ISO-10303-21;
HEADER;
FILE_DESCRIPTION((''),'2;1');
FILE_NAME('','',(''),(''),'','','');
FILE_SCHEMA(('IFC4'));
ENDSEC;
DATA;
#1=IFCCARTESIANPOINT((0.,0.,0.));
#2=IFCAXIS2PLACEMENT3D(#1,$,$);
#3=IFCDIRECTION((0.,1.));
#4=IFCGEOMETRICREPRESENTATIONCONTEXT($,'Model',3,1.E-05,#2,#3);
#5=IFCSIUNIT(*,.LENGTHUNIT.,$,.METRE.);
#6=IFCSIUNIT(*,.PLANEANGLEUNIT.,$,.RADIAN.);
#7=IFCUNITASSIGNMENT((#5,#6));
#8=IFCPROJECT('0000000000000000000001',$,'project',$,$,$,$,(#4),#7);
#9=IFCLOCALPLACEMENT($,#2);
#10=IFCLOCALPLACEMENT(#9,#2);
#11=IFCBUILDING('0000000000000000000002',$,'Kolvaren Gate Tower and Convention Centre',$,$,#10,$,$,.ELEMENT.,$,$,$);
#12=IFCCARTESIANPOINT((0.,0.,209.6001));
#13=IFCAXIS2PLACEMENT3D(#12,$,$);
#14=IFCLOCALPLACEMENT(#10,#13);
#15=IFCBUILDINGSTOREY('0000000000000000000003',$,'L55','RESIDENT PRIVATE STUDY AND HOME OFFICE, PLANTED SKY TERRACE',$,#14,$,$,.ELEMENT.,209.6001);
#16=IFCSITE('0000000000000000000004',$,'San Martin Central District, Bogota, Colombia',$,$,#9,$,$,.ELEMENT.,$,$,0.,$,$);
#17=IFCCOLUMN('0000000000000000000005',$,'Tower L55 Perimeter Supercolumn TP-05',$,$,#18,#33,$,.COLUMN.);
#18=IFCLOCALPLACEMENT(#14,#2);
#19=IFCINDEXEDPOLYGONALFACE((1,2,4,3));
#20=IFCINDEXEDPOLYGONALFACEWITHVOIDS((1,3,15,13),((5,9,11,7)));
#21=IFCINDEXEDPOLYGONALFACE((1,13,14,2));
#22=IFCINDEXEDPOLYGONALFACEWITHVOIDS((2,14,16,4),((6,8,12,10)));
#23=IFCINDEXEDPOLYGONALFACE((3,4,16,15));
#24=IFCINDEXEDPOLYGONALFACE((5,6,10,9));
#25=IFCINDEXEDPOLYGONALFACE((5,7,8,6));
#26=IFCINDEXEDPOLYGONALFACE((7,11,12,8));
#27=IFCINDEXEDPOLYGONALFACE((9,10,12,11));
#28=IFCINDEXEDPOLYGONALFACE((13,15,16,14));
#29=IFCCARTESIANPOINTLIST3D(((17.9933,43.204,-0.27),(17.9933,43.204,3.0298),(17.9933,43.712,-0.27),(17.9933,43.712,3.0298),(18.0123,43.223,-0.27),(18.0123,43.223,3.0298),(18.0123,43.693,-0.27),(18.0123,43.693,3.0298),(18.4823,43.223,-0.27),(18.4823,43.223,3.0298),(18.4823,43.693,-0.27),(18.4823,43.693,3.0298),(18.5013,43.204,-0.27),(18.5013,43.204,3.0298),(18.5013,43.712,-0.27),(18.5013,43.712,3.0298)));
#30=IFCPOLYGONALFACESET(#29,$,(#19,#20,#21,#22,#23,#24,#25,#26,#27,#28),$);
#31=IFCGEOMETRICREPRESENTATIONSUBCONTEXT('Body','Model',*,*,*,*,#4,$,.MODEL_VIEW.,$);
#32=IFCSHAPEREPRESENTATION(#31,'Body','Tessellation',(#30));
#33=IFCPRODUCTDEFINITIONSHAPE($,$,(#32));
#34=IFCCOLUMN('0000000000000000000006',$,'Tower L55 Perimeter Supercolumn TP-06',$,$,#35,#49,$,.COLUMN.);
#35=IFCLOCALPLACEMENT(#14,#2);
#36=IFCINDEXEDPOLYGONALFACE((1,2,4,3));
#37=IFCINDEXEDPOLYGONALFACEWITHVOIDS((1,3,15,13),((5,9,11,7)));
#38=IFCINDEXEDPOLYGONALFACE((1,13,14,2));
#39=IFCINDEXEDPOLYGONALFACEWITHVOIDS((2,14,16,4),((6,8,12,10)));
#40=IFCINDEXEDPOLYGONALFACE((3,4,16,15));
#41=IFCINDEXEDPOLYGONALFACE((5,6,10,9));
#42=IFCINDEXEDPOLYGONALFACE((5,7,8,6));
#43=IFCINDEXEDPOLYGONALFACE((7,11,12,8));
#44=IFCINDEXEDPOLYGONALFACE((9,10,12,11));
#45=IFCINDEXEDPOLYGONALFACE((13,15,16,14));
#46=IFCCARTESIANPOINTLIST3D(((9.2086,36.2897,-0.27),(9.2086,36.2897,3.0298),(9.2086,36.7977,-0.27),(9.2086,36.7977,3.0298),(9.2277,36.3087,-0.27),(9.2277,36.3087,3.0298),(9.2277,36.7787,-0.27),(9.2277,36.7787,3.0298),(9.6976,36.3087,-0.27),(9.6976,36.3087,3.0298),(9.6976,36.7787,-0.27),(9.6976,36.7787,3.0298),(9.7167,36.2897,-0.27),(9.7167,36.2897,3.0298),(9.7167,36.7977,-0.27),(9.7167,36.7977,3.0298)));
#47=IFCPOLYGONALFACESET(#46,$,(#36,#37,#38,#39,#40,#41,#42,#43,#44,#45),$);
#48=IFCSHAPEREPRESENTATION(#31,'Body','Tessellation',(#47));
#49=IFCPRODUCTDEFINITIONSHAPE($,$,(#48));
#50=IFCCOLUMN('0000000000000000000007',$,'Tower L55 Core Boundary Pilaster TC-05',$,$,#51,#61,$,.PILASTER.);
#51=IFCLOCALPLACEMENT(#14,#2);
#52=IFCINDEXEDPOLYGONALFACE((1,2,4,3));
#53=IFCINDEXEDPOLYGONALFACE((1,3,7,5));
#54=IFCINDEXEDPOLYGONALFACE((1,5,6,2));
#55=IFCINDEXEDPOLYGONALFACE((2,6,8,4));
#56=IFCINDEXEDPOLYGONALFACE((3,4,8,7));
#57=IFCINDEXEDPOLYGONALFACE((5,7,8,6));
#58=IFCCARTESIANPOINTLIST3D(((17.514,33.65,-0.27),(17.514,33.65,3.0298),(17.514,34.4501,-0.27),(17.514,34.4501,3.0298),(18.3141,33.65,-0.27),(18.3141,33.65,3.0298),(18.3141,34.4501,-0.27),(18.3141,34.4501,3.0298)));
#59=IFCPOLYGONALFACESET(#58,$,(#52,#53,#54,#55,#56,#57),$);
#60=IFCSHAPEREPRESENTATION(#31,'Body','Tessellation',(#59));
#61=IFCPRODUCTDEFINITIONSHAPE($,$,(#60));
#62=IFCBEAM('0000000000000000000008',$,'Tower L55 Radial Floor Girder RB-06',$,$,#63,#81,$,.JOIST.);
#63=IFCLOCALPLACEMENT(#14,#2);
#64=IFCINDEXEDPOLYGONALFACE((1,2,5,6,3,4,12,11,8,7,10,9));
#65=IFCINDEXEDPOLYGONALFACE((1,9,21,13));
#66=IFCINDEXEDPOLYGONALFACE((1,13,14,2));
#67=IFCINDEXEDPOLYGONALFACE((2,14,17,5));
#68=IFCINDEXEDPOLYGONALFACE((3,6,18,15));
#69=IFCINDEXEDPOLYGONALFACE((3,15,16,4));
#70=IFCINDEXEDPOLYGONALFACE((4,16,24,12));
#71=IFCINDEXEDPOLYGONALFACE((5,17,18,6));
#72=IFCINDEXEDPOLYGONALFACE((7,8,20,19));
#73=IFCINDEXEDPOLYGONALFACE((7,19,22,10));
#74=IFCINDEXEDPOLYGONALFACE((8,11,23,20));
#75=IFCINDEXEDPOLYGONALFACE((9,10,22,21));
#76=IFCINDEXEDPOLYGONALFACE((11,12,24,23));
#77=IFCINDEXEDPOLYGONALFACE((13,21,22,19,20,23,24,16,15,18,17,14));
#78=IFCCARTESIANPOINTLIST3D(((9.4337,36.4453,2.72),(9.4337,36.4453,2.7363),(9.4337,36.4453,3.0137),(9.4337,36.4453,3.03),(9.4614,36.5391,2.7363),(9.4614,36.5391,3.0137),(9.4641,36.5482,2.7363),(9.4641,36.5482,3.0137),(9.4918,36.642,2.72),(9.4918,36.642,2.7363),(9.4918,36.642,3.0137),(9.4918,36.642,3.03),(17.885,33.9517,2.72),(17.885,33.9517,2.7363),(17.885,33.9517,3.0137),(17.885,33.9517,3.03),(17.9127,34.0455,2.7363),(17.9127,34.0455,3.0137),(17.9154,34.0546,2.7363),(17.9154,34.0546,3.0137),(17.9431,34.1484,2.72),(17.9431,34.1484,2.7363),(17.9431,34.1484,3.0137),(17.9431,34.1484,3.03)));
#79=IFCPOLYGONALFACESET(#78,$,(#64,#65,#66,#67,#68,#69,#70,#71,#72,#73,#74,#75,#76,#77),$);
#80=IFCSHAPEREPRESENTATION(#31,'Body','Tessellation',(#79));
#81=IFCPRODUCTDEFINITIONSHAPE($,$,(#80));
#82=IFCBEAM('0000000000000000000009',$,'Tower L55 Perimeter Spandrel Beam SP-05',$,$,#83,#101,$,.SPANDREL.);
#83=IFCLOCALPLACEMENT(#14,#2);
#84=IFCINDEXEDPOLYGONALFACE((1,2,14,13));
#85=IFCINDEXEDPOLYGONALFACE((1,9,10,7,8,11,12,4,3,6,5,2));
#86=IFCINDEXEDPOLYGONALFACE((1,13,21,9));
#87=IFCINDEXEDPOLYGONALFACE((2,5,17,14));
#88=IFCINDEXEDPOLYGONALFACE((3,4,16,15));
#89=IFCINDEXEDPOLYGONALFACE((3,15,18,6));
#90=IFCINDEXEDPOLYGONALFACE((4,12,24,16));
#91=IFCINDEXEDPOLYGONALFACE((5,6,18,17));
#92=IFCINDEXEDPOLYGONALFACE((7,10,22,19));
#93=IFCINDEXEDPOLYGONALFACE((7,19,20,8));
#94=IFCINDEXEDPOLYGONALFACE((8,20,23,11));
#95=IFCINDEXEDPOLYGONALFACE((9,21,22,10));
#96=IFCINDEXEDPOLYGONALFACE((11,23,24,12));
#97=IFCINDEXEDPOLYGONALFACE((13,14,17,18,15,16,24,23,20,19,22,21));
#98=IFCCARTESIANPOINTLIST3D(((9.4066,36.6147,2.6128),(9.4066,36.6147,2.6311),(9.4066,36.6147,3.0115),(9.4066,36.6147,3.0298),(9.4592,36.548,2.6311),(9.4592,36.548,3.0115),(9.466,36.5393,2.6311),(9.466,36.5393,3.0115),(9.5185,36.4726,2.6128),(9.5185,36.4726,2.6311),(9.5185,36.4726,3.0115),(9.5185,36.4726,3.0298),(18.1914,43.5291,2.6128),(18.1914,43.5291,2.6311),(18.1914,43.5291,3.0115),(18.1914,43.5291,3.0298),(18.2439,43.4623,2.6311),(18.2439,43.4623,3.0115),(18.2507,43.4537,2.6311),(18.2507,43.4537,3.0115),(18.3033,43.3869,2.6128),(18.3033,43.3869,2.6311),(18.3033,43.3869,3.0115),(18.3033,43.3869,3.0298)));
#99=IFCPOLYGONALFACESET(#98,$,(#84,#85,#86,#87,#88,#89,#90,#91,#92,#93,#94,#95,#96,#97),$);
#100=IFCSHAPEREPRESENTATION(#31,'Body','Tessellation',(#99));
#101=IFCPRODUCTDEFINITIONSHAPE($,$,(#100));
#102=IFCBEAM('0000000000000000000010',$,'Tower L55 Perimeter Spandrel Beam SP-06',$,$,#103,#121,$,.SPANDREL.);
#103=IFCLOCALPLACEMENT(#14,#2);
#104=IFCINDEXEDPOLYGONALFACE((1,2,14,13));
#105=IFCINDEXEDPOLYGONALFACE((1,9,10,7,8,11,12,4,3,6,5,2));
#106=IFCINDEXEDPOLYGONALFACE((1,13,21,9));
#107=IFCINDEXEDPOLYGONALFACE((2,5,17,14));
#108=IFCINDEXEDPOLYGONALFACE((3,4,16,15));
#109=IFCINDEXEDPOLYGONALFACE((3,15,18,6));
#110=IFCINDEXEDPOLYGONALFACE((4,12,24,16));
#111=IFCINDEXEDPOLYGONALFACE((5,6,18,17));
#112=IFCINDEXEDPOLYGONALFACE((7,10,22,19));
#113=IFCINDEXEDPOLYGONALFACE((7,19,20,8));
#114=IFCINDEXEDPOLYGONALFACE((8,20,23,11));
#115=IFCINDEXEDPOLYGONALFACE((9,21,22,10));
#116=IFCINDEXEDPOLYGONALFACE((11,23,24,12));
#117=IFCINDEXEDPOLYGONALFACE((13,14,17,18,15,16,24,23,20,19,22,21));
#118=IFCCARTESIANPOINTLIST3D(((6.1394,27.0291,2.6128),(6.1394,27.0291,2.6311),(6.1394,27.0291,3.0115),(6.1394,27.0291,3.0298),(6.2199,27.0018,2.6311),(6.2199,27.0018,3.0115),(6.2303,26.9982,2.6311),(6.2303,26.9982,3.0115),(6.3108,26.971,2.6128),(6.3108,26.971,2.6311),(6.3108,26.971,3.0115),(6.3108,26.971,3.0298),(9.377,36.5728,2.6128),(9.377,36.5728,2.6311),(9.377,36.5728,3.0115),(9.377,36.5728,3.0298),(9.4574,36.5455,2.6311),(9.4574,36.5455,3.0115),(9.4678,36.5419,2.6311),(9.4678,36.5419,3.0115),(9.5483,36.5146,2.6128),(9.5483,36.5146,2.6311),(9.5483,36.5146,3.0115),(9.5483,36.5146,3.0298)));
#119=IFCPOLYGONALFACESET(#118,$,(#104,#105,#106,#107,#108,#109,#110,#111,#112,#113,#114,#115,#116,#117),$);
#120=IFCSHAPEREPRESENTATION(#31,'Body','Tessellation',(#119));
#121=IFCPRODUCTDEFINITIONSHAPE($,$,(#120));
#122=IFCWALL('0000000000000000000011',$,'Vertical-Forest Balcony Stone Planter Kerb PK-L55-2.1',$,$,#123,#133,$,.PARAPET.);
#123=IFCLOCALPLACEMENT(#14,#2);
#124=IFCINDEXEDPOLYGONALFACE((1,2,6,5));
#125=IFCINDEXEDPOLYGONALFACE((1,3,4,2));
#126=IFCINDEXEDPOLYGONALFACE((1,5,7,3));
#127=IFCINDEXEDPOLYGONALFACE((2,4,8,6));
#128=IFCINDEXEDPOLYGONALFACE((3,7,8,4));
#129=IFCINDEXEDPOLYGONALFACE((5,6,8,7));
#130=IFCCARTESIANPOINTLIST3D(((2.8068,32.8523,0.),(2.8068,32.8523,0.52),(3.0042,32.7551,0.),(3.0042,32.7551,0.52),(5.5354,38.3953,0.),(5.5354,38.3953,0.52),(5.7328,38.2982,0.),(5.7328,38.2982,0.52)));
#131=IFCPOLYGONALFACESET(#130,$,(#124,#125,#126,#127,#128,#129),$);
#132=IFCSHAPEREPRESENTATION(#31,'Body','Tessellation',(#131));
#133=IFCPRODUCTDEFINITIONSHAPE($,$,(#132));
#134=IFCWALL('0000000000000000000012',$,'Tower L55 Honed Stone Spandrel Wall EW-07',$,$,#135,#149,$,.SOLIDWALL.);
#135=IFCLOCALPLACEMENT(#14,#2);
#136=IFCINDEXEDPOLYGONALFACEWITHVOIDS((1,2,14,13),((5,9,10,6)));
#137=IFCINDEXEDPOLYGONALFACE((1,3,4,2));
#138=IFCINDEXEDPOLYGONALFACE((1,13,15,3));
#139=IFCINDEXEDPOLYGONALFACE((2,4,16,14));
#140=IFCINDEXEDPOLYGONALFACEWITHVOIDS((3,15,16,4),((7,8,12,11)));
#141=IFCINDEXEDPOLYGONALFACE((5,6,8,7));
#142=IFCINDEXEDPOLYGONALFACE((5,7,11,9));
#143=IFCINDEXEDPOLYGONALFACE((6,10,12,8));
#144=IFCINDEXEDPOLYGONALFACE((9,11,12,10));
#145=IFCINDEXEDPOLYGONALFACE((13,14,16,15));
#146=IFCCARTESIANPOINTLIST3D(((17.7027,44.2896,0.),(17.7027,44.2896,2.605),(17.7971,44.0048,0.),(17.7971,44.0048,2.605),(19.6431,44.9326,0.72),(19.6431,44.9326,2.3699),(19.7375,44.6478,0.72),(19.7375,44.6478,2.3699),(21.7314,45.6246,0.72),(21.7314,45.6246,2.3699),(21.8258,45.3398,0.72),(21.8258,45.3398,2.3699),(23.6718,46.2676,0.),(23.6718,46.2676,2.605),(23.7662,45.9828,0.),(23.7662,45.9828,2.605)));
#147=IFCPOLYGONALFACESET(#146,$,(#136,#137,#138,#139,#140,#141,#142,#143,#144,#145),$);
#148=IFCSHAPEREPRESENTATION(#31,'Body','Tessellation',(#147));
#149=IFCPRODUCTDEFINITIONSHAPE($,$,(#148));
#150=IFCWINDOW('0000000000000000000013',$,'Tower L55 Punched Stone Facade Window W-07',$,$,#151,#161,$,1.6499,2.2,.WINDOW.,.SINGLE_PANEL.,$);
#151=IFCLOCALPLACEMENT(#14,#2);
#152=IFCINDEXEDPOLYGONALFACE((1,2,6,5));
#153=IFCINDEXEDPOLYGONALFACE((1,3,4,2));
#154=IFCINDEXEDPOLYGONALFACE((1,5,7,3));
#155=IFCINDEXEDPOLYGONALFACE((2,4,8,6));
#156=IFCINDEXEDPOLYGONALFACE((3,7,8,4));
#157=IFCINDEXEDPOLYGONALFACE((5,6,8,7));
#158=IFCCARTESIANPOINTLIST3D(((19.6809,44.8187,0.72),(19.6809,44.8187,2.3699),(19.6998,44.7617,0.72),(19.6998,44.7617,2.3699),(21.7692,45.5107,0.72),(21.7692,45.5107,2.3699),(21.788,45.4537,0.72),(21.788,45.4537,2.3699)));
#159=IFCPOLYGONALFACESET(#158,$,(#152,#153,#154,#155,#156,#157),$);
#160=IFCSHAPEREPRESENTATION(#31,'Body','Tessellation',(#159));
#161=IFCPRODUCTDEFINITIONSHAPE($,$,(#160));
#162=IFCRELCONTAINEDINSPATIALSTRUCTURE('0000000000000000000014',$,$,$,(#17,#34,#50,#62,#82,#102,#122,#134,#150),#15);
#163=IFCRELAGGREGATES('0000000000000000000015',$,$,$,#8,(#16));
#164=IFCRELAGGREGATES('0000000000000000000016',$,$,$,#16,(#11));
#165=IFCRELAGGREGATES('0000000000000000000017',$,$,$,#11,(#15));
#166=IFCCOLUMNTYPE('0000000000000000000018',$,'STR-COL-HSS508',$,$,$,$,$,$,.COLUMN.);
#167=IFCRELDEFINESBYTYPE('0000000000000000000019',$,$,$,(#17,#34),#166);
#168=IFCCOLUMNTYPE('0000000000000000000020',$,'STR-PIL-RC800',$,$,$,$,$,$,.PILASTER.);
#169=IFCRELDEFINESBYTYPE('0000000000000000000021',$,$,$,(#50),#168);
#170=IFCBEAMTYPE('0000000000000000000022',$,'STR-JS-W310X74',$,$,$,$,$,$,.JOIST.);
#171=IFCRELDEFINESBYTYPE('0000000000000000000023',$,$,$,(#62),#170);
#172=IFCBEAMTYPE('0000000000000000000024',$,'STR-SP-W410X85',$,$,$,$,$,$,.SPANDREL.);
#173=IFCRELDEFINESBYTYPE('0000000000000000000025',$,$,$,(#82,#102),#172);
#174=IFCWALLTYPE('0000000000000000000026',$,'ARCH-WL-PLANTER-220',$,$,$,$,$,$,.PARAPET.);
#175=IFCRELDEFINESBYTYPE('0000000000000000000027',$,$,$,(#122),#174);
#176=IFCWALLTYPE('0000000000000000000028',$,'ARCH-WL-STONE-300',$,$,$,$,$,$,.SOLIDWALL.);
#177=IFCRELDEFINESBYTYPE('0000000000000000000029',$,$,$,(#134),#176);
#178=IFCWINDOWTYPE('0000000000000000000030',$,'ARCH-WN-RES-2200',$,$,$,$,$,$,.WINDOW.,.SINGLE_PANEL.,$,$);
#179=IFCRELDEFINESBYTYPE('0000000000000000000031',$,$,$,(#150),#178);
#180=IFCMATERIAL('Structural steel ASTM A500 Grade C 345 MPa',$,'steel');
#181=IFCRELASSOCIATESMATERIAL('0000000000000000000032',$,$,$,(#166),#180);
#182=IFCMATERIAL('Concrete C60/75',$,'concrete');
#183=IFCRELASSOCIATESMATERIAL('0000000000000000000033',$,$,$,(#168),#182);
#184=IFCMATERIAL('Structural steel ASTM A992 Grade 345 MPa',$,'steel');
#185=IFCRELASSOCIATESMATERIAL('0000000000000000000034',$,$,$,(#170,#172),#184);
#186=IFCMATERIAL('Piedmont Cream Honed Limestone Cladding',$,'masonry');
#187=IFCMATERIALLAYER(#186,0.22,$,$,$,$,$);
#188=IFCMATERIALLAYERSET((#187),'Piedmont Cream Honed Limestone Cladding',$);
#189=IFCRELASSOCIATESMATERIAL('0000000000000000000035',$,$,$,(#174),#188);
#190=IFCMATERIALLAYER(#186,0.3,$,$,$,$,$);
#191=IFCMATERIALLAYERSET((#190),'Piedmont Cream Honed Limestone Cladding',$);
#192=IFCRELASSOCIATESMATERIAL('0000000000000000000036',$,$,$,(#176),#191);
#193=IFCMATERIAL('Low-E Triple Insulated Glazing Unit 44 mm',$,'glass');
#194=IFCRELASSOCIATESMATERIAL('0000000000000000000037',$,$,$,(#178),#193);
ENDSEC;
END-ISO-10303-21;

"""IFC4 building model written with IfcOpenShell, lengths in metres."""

from ifc_helpers import new_model, si_unit, direction, frame, frame_2d, origin, origin_2d, place, context, subcontext, project, spatial, rectangle, hollow_rectangle, i_section, extrude, material, layer, layer_set, material_profile, profile_set, type_object, element, fill, save


model = new_model("IFC4")

# Units and contexts
model_context = context("Model", 3, precision=1e-05, world=origin(), true_north=direction((0.0, 1.0)))
body_context = subcontext(model_context, "Body", "Model", "MODEL_VIEW")
ifc_project = project(units=[si_unit("LENGTHUNIT", "METRE"), si_unit("PLANEANGLEUNIT", "RADIAN")], contexts=[model_context])

# Site, building, storey
site_placement = place(None, origin())
site = spatial("IfcSite", under=ifc_project, at=site_placement, Name="San Martin Central District, Bogota, Colombia", CompositionType="ELEMENT", RefElevation=0.0)
building_placement = place(site_placement, origin())
building = spatial("IfcBuilding", under=site, at=building_placement, Name="Kolvaren Gate Tower and Convention Centre", CompositionType="ELEMENT")
storey_placement = place(building_placement, frame((0.0, 0.0, 209.6001)))
storey = spatial("IfcBuildingStorey", under=building, at=storey_placement, Name="L55", Description="RESIDENT PRIVATE STUDY AND HOME OFFICE, PLANTED SKY TERRACE", CompositionType="ELEMENT", Elevation=209.6001)

# Columns
ifc_material_1 = material(Name="Structural steel ASTM A500 Grade C 345 MPa", Category="steel")
ifc_material_profile_1 = material_profile(ifc_material_1, hollow_rectangle(XDim=0.5081, YDim=0.5081, WallThickness=0.019, at=origin_2d()), Name="HSS508X508X19.1")
ifc_profile_set_1 = profile_set([ifc_material_profile_1], Name="Structural steel ASTM A500 Grade C 345 MPa")
column_type_1 = type_object("IfcColumnType", Name="STR-COL-HSS508", PredefinedType="COLUMN", material=ifc_profile_set_1)
for number, where, z_axis, x_axis, name in (
    (1, (18.2473, 43.458, -0.27), (0.0, 0.0, 1.0), (1.0, 0.0, 0.0), "Tower L55 Perimeter Supercolumn TP-05"),
    (2, (9.4626, 36.5437, -0.27), (0.0, 0.0, 1.0), (1.0, 0.0, 0.0), "Tower L55 Perimeter Supercolumn TP-06"),
):
    element("IfcColumn", number, at=place(storey_placement, frame(where, z_axis=z_axis, x_axis=x_axis)), inside=storey, type_object=column_type_1, Name=name, PredefinedType="COLUMN", context=body_context, shape_type="SweptSolid", body=[
        extrude(hollow_rectangle(XDim=0.5081, YDim=0.5081, WallThickness=0.019, at=origin_2d()), origin(), (0.0, 0.0, 1.0), 3.2998),
    ])
ifc_material_2 = material(Name="Concrete C60/75", Category="concrete")
ifc_material_profile_2 = material_profile(ifc_material_2, rectangle(XDim=0.8, YDim=0.8, at=origin_2d()), Name="RC-COL-800X800")
ifc_profile_set_2 = profile_set([ifc_material_profile_2], Name="Concrete C60/75")
column_type_2 = type_object("IfcColumnType", Name="STR-PIL-RC800", PredefinedType="PILASTER", material=ifc_profile_set_2)
column_placement = place(storey_placement, frame((17.9141, 34.05, -0.27), z_axis=(0.0, 0.0, 1.0), x_axis=(1.0, 0.0, 0.0)))
element("IfcColumn", 3, at=column_placement, inside=storey, type_object=column_type_2, Name="Tower L55 Core Boundary Pilaster TC-05", PredefinedType="PILASTER", context=body_context, shape_type="SweptSolid", body=[
    extrude(rectangle(XDim=0.8, YDim=0.8, at=origin_2d()), origin(), (0.0, 0.0, 1.0), 3.2998),
])

# Beams
ifc_material_3 = material(Name="Structural steel ASTM A992 Grade 345 MPa", Category="steel")
ifc_material_profile_3 = material_profile(ifc_material_3, i_section(OverallWidth=0.2051, OverallDepth=0.3101, WebThickness=0.0095, FlangeThickness=0.0164, at=origin_2d()), Name="W310X74")
ifc_profile_set_3 = profile_set([ifc_material_profile_3], Name="Structural steel ASTM A992 Grade 345 MPa")
beam_type_1 = type_object("IfcBeamType", Name="STR-JS-W310X74", PredefinedType="JOIST", material=ifc_profile_set_3)
beam_1_placement = place(storey_placement, frame((17.9141, 34.05, 2.875), z_axis=(-0.959121, 0.282996, 0.0), x_axis=(-0.282996, -0.959121, 0.0)))
element("IfcBeam", 4, at=beam_1_placement, inside=storey, type_object=beam_type_1, Name="Tower L55 Radial Floor Girder RB-06", PredefinedType="JOIST", context=body_context, shape_type="SweptSolid", body=[
    extrude(i_section(OverallWidth=0.2051, OverallDepth=0.3101, WebThickness=0.0095, FlangeThickness=0.0164, at=origin_2d()), origin(), (0.0, 0.0, 1.0), 8.8115),
])
ifc_material_profile_4 = material_profile(ifc_material_3, i_section(OverallWidth=0.1809, OverallDepth=0.417, WebThickness=0.011, FlangeThickness=0.0183, at=origin_2d()), Name="W410X85")
ifc_profile_set_4 = profile_set([ifc_material_profile_4], Name="Structural steel ASTM A992 Grade 345 MPa")
beam_type_2 = type_object("IfcBeamType", Name="STR-SP-W410X85", PredefinedType="SPANDREL", material=ifc_profile_set_4)
beam_2_placement = place(storey_placement, frame((18.2473, 43.458, 2.8213), z_axis=(-0.785794, -0.618489, 0.0), x_axis=(0.618489, -0.785794, 0.0)))
element("IfcBeam", 5, at=beam_2_placement, inside=storey, type_object=beam_type_2, Name="Tower L55 Perimeter Spandrel Beam SP-05", PredefinedType="SPANDREL", context=body_context, shape_type="SweptSolid", body=[
    extrude(i_section(OverallWidth=0.1809, OverallDepth=0.417, WebThickness=0.011, FlangeThickness=0.0183, at=origin_2d()), origin(), (0.0, 0.0, 1.0), 11.1794),
])
beam_3_placement = place(storey_placement, frame((9.4626, 36.5437, 2.8213), z_axis=(-0.321253, -0.946994, 0.0), x_axis=(0.946994, -0.321253, 0.0)))
element("IfcBeam", 6, at=beam_3_placement, inside=storey, type_object=beam_type_2, Name="Tower L55 Perimeter Spandrel Beam SP-06", PredefinedType="SPANDREL", context=body_context, shape_type="SweptSolid", body=[
    extrude(i_section(OverallWidth=0.1809, OverallDepth=0.417, WebThickness=0.011, FlangeThickness=0.0183, at=origin_2d()), origin(), (0.0, 0.0, 1.0), 10.0779),
])

# Wall
ifc_material_4 = material(Name="Piedmont Cream Honed Limestone Cladding", Category="masonry")
ifc_layer_1 = layer(ifc_material_4, 0.22)
ifc_layer_set_1 = layer_set([ifc_layer_1], Name="Piedmont Cream Honed Limestone Cladding")
wall_type_1 = type_object("IfcWallType", Name="ARCH-WL-PLANTER-220", PredefinedType="PARAPET", material=ifc_layer_set_1)
wall_1_placement = place(storey_placement, frame((2.9055, 32.8037, 0.0), z_axis=(0.0, 0.0, 1.0), x_axis=(0.441641, 0.897192, 0.0)))
element("IfcWall", 7, at=wall_1_placement, inside=storey, type_object=wall_type_1, Name="Vertical-Forest Balcony Stone Planter Kerb PK-L55-2.1", PredefinedType="PARAPET", context=body_context, shape_type="SweptSolid", body=[
    extrude(rectangle(XDim=6.1782, YDim=0.22, at=frame_2d((3.0891, 0.0))), origin(), (0.0, 0.0, 1.0), 0.52),
])

# Wall, opening, window
ifc_layer_2 = layer(ifc_material_4, 0.3)
ifc_layer_set_2 = layer_set([ifc_layer_2], Name="Piedmont Cream Honed Limestone Cladding")
wall_type_2 = type_object("IfcWallType", Name="ARCH-WL-STONE-300", PredefinedType="SOLIDWALL", material=ifc_layer_set_2)
wall_2_placement = place(storey_placement, frame((17.75, 44.1472, 0.0), z_axis=(0.0, 0.0, 1.0), x_axis=(0.949241, 0.31455, 0.0)))
wall_2 = element("IfcWall", 8, at=wall_2_placement, inside=storey, type_object=wall_type_2, Name="Tower L55 Honed Stone Spandrel Wall EW-07", PredefinedType="SOLIDWALL", context=body_context, shape_type="SweptSolid", body=[
    extrude(rectangle(XDim=6.2883, YDim=0.3, at=frame_2d((3.144, 0.0))), origin(), (0.0, 0.0, 1.0), 2.605),
])
opening_1_placement = place(wall_2_placement, frame((2.0439, 0.0, 0.72)))
opening_1 = element("IfcOpeningElement", 9, at=opening_1_placement, cuts=wall_2, PredefinedType="OPENING", context=body_context, shape_type="SweptSolid", body=[
    extrude(rectangle(XDim=2.2, YDim=1.6499, at=frame_2d((1.1001, 0.825))), frame((0.0, 0.1599, 0.0), z_axis=(0.0, -1.0, 0.0), x_axis=(1.0, 0.0, 0.0)), (0.0, 0.0, 1.0), 0.3201),
])
ifc_material_5 = material(Name="Low-E Triple Insulated Glazing Unit 44 mm", Category="glass")
window_type = type_object("IfcWindowType", Name="ARCH-WN-RES-2200", PartitioningType="SINGLE_PANEL", PredefinedType="WINDOW", material=ifc_material_5)
window_1_placement = place(opening_1_placement, origin())
window_1 = element("IfcWindow", 10, at=window_1_placement, inside=storey, type_object=window_type, Name="Tower L55 Punched Stone Facade Window W-07", OverallHeight=1.6499, OverallWidth=2.2, PartitioningType="SINGLE_PANEL", PredefinedType="WINDOW", context=body_context, shape_type="SweptSolid", body=[
    extrude(rectangle(XDim=2.2, YDim=1.6499, at=frame_2d((1.1001, 0.825))), frame((0.0, 0.03, 0.0), z_axis=(0.0, -1.0, 0.0), x_axis=(1.0, 0.0, 0.0)), (0.0, 0.0, 1.0), 0.0601),
])
fill(opening_1, window_1)

save(model, "model.ifc")
